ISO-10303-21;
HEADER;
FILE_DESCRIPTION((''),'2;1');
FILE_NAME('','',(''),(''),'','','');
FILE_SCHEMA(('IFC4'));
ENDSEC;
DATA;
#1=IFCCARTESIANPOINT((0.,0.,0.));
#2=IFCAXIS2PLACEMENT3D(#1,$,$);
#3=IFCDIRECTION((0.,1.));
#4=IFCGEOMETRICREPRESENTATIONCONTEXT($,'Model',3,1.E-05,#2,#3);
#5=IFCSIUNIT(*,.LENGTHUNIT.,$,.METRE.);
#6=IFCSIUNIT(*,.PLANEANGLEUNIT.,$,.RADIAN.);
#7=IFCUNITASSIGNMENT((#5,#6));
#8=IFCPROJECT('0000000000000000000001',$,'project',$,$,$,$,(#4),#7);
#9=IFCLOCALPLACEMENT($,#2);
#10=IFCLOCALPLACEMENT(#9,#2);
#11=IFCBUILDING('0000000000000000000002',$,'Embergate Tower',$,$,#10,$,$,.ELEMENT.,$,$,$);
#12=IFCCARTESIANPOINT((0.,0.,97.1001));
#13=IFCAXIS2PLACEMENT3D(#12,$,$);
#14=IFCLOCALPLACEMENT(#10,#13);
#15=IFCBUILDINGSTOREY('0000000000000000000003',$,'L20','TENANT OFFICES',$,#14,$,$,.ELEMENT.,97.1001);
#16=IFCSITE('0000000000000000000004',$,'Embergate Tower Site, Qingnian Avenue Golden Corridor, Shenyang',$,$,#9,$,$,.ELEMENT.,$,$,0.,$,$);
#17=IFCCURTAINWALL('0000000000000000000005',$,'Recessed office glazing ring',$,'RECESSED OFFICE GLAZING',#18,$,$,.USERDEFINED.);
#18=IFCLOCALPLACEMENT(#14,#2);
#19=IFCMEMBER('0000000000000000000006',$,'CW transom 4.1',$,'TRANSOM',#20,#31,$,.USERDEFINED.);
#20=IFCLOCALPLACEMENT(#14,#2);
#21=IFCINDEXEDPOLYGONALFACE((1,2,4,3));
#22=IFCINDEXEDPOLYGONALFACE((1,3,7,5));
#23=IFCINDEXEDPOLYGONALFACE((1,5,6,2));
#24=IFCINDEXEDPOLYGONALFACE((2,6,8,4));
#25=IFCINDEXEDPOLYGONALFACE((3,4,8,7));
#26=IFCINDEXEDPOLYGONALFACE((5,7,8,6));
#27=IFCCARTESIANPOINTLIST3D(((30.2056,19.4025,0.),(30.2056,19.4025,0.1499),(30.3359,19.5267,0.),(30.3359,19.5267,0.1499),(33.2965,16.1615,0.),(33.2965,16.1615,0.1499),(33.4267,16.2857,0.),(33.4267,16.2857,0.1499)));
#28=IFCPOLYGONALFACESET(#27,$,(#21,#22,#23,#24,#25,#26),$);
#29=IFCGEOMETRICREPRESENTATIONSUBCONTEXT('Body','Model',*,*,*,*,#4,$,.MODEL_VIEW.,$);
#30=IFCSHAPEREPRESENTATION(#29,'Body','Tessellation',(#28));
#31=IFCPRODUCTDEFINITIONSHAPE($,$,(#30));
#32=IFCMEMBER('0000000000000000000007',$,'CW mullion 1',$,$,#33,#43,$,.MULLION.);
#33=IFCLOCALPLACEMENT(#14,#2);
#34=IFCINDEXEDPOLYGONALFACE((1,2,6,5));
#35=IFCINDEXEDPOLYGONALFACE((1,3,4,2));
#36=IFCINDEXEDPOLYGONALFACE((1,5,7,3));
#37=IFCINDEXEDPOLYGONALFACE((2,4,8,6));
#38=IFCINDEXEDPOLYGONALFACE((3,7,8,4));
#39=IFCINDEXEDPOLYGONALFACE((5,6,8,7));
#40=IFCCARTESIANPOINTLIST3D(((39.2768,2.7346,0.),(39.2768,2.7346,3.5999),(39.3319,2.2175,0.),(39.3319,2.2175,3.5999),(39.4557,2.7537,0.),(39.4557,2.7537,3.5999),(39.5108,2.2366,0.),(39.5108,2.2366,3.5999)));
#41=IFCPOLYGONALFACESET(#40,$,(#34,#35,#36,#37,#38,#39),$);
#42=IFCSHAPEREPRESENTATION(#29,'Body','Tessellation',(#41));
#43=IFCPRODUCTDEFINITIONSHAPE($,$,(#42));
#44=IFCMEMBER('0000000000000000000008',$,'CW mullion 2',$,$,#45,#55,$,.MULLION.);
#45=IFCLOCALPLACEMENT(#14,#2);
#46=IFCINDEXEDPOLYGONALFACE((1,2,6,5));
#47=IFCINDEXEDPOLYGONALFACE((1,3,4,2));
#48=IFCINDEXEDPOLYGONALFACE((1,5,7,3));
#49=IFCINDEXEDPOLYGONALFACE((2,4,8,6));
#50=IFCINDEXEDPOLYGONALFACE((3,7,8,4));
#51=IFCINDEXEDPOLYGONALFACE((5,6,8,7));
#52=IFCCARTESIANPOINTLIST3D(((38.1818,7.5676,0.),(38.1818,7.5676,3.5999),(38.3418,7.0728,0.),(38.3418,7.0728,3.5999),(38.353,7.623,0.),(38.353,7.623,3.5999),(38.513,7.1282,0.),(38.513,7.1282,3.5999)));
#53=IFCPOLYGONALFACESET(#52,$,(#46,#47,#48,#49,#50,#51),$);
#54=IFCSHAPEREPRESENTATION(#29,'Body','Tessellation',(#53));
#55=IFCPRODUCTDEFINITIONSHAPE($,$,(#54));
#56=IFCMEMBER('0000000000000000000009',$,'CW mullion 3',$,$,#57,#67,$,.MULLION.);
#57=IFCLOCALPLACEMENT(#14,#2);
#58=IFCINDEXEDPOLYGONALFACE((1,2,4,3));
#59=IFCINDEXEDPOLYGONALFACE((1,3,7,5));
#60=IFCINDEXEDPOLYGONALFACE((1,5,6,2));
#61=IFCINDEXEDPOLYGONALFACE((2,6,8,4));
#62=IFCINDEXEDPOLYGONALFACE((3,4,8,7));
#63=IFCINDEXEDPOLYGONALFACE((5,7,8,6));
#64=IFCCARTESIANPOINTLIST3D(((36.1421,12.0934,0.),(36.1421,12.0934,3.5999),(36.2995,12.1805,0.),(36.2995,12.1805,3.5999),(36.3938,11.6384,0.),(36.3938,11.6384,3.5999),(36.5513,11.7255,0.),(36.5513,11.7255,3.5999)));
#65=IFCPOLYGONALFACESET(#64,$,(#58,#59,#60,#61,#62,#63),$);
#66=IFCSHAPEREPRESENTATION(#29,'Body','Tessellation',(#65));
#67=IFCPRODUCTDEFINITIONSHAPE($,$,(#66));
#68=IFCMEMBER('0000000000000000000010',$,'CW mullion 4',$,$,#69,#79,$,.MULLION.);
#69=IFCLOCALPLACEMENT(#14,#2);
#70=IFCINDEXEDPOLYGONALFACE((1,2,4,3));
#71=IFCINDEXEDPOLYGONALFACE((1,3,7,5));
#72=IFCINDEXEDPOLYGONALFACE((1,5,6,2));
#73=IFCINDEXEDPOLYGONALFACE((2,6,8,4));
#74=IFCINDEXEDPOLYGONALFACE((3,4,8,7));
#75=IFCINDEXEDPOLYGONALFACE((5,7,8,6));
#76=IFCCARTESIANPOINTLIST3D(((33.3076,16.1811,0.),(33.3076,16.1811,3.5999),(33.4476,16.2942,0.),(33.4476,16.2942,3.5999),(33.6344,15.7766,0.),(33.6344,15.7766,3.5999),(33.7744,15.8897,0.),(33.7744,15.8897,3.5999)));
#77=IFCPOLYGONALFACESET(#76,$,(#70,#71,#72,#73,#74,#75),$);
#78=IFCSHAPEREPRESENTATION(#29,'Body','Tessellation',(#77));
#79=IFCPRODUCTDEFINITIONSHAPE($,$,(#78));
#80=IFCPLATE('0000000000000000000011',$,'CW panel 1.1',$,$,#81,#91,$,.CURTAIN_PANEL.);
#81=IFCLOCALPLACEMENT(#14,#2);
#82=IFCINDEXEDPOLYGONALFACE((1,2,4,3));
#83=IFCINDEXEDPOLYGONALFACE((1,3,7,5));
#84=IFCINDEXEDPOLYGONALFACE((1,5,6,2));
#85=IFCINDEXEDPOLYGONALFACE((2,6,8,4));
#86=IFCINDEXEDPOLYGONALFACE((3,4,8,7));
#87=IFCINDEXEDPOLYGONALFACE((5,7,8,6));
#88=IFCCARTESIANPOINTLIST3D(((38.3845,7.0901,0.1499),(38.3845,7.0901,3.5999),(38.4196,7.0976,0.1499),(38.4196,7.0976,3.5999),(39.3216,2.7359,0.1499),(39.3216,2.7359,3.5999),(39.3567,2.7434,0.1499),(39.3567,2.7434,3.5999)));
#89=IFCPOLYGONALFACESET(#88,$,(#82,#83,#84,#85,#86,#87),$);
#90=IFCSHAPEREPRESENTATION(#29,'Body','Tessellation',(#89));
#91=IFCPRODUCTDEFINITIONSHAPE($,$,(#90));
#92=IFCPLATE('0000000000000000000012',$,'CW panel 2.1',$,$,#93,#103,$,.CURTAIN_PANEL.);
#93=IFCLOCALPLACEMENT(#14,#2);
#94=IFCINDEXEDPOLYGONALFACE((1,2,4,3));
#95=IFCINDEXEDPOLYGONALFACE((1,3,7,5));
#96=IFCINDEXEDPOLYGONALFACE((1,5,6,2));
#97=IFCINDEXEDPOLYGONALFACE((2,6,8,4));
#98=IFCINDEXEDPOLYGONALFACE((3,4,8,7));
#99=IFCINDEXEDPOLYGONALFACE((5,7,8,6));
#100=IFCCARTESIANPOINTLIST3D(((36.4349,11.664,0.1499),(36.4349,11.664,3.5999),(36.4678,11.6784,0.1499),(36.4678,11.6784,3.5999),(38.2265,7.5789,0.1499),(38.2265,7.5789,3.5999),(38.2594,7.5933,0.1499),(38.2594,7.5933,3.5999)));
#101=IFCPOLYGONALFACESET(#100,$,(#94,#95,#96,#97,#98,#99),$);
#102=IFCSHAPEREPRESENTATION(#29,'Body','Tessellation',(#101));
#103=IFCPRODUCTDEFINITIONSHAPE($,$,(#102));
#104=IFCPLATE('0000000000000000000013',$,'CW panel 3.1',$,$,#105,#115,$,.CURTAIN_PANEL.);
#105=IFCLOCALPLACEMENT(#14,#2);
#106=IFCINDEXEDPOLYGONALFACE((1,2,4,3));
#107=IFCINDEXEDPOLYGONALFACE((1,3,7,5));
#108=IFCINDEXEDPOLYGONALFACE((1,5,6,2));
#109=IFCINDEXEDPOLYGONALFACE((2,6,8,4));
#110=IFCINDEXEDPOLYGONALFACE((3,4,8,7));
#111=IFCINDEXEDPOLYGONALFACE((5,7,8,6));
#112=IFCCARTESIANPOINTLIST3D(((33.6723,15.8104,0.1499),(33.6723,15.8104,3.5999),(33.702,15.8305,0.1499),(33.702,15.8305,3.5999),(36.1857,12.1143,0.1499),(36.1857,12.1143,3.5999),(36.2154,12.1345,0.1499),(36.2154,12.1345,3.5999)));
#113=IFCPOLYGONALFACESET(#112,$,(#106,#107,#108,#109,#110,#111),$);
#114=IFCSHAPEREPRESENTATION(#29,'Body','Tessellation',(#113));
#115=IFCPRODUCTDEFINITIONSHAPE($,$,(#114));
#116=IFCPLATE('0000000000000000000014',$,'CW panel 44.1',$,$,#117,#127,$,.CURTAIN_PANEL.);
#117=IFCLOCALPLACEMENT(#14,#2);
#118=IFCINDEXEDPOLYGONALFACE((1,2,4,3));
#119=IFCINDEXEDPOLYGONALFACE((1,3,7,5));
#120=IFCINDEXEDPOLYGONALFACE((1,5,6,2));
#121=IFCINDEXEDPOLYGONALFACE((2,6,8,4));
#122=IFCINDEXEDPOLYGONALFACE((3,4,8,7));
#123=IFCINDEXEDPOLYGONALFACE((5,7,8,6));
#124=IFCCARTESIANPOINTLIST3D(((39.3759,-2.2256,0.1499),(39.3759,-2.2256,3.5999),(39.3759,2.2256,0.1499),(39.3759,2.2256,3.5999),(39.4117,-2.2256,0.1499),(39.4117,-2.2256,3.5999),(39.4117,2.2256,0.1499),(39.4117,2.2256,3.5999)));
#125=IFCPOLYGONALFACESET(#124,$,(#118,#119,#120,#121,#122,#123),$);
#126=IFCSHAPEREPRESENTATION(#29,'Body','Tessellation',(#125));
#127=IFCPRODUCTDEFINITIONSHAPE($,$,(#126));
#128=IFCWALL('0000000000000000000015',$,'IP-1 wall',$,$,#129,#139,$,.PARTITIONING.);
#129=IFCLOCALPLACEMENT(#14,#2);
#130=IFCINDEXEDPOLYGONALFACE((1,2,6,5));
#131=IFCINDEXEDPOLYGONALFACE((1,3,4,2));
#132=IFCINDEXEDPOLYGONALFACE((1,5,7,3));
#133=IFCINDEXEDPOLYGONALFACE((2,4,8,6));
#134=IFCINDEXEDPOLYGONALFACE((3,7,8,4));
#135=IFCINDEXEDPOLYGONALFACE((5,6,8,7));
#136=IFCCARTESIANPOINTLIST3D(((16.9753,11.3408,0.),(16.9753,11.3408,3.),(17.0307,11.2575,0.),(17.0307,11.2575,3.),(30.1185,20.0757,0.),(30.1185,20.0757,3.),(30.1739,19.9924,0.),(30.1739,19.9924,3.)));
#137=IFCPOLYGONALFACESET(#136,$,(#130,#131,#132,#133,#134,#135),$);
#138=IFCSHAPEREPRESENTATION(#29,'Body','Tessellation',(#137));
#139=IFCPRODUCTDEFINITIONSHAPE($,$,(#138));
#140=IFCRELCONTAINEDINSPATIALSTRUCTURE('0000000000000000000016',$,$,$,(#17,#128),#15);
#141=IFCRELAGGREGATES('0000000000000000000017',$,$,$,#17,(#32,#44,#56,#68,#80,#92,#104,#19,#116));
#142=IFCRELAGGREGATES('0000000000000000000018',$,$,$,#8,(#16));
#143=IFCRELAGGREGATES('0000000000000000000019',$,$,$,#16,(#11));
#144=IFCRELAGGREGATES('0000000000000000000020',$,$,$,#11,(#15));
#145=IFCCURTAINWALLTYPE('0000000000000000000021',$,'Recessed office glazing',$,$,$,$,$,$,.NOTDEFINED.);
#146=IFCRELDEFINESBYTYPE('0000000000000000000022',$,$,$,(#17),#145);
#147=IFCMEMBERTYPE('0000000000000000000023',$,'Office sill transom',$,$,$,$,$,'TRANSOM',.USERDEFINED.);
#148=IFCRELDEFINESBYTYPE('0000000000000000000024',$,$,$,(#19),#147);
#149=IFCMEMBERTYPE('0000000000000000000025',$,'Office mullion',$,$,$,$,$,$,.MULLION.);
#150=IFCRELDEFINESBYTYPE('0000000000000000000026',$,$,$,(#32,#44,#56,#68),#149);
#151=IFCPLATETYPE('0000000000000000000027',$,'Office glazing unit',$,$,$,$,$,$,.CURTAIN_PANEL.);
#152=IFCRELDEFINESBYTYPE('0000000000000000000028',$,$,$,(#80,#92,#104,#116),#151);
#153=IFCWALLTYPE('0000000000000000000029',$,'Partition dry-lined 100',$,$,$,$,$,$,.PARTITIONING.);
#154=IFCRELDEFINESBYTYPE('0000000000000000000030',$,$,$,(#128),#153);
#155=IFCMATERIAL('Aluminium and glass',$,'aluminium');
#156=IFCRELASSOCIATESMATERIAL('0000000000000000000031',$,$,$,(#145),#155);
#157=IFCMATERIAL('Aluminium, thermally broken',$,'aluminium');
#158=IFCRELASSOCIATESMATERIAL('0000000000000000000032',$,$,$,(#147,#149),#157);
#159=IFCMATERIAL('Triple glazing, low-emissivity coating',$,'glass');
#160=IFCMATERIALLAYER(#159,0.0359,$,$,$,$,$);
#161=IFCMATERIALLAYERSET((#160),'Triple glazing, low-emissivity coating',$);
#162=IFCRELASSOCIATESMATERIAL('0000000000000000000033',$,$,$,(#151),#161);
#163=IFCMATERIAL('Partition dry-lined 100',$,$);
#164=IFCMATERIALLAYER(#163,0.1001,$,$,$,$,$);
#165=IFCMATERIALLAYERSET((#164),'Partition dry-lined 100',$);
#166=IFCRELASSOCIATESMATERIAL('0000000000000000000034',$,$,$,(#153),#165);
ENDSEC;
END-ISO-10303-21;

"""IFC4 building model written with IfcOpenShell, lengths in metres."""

from ifc_helpers import new_model, si_unit, direction, frame, frame_2d, origin, origin_2d, place, context, subcontext, project, spatial, rectangle, extrude, source, transform, mapped, material, layer, layer_set, material_profile, profile_set, type_object, element, aggregate, save


model = new_model("IFC4")

# Units and contexts
model_context = context("Model", 3, precision=1e-05, world=origin(), true_north=direction((0.0, 1.0)))
body_context = subcontext(model_context, "Body", "Model", "MODEL_VIEW")
ifc_project = project(units=[si_unit("LENGTHUNIT", "METRE"), si_unit("PLANEANGLEUNIT", "RADIAN")], contexts=[model_context])

# Site, building, storey
site_placement = place(None, origin())
site = spatial("IfcSite", under=ifc_project, at=site_placement, Name="Embergate Tower Site, Qingnian Avenue Golden Corridor, Shenyang", CompositionType="ELEMENT", RefElevation=0.0)
building_placement = place(site_placement, origin())
building = spatial("IfcBuilding", under=site, at=building_placement, Name="Embergate Tower", CompositionType="ELEMENT")
storey_placement = place(building_placement, frame((0.0, 0.0, 97.1001)))
storey = spatial("IfcBuildingStorey", under=building, at=storey_placement, Name="L20", Description="TENANT OFFICES", CompositionType="ELEMENT", Elevation=97.1001)

# Curtain wall, members, plates
ifc_material_1 = material(Name="Aluminium and glass", Category="aluminium")
curtain_wall_type = type_object("IfcCurtainWallType", Name="Recessed office glazing", PredefinedType="NOTDEFINED", material=ifc_material_1)
curtain_wall_placement = place(storey_placement, origin())
curtain_wall = element("IfcCurtainWall", 1, at=curtain_wall_placement, inside=storey, type_object=curtain_wall_type, Name="Recessed office glazing ring", ObjectType="RECESSED OFFICE GLAZING", PredefinedType="USERDEFINED")
ifc_material_2 = material(Name="Aluminium, thermally broken", Category="aluminium")
ifc_material_profile_1 = material_profile(ifc_material_2, rectangle(XDim=0.1799, YDim=0.1499, at=origin_2d()), Name="AL 150x180")
ifc_profile_set_1 = profile_set([ifc_material_profile_1], Name="Aluminium, thermally broken")
member_type_1 = type_object("IfcMemberType", Name="Office sill transom", ElementType="TRANSOM", PredefinedType="USERDEFINED", material=ifc_profile_set_1)
shared_shape_1 = source(origin(), body_context, "Body", "SweptSolid", [
    extrude(rectangle(XDim=0.1799, YDim=0.1499, at=origin_2d()), origin(), (0.0, 0.0, 1.0), 4.4785),
])
member_1_placement = place(storey_placement, frame((33.3616, 16.2236, 0.075), z_axis=(-0.690145, 0.723671, 0.0), x_axis=(-0.723671, -0.690145, 0.0)))
member_1 = element("IfcMember", 2, at=member_1_placement, type_object=member_type_1, Name="CW transom 4.1", ObjectType="TRANSOM", PredefinedType="USERDEFINED", context=body_context, shape_type="MappedRepresentation", body=[
    mapped(shared_shape_1, transform((0.0, 0.0, 0.0))),
])
ifc_material_profile_2 = material_profile(ifc_material_2, rectangle(XDim=0.1799, YDim=0.52, at=origin_2d()), Name="AL 520x180")
ifc_profile_set_2 = profile_set([ifc_material_profile_2], Name="Aluminium, thermally broken")
member_type_2 = type_object("IfcMemberType", Name="Office mullion", PredefinedType="MULLION", material=ifc_profile_set_2)
shared_shape_2 = source(origin(), body_context, "Body", "SweptSolid", [
    extrude(rectangle(XDim=0.1799, YDim=0.52, at=origin_2d()), origin(), (0.0, 0.0, 1.0), 3.5999),
])
member_2_placement = place(storey_placement, frame((39.3938, 2.4856, 0.0), z_axis=(0.0, 0.0, 1.0), x_axis=(-0.994386, -0.105818, 0.0)))
member_2 = element("IfcMember", 3, at=member_2_placement, type_object=member_type_2, Name="CW mullion 1", PredefinedType="MULLION", context=body_context, shape_type="MappedRepresentation", body=[
    mapped(shared_shape_2, transform((0.0, 0.0, 0.0))),
])
member_3_placement = place(storey_placement, frame((38.3474, 7.3479, 0.0), z_axis=(0.0, 0.0, 1.0), x_axis=(-0.951502, -0.307642, 0.0)))
member_3 = element("IfcMember", 4, at=member_3_placement, type_object=member_type_2, Name="CW mullion 2", PredefinedType="MULLION", context=body_context, shape_type="MappedRepresentation", body=[
    mapped(shared_shape_2, transform((0.0, 0.0, 0.0))),
])
member_4_placement = place(storey_placement, frame((36.3467, 11.9094, 0.0), z_axis=(0.0, 0.0, 1.0), x_axis=(-0.87501, -0.484104, 0.0)))
member_4 = element("IfcMember", 5, at=member_4_placement, type_object=member_type_2, Name="CW mullion 3", PredefinedType="MULLION", context=body_context, shape_type="MappedRepresentation", body=[
    mapped(shared_shape_2, transform((0.0, 0.0, 0.0))),
])
member_5_placement = place(storey_placement, frame((33.541, 16.0354, 0.0), z_axis=(0.0, 0.0, 1.0), x_axis=(-0.777884, -0.628408, 0.0)))
member_5 = element("IfcMember", 6, at=member_5_placement, type_object=member_type_2, Name="CW mullion 4", PredefinedType="MULLION", context=body_context, shape_type="MappedRepresentation", body=[
    mapped(shared_shape_2, transform((0.0, 0.0, 0.0))),
])
ifc_material_3 = material(Name="Triple glazing, low-emissivity coating", Category="glass")
ifc_layer_1 = layer(ifc_material_3, 0.0359)
ifc_layer_set_1 = layer_set([ifc_layer_1], Name="Triple glazing, low-emissivity coating")
plate_type = type_object("IfcPlateType", Name="Office glazing unit", PredefinedType="CURTAIN_PANEL", material=ifc_layer_set_1)
shared_shape_3 = source(origin(), body_context, "Body", "SweptSolid", [
    extrude(rectangle(XDim=4.4539, YDim=0.0359, at=origin_2d()), origin(), (0.0, 0.0, 1.0), 3.45),
])
plate_1_placement = place(storey_placement, frame((38.8706, 4.9167, 0.1499), z_axis=(0.0, 0.0, 1.0), x_axis=(-0.210392, 0.977617, 0.0)))
plate_1 = element("IfcPlate", 7, at=plate_1_placement, type_object=plate_type, Name="CW panel 1.1", PredefinedType="CURTAIN_PANEL", context=body_context, shape_type="MappedRepresentation", body=[
    mapped(shared_shape_3, transform((0.0, 0.0, 0.0))),
])
shared_shape_4 = source(origin(), body_context, "Body", "SweptSolid", [
    extrude(rectangle(XDim=4.4607, YDim=0.0359, at=origin_2d()), origin(), (0.0, 0.0, 1.0), 3.45),
])
plate_2_placement = place(storey_placement, frame((37.3472, 9.6287, 0.1499), z_axis=(0.0, 0.0, 1.0), x_axis=(-0.401644, 0.915796, 0.0)))
plate_2 = element("IfcPlate", 8, at=plate_2_placement, type_object=plate_type, Name="CW panel 2.1", PredefinedType="CURTAIN_PANEL", context=body_context, shape_type="MappedRepresentation", body=[
    mapped(shared_shape_4, transform((0.0, 0.0, 0.0))),
])
shared_shape_5 = source(origin(), body_context, "Body", "SweptSolid", [
    extrude(rectangle(XDim=4.4697, YDim=0.0359, at=origin_2d()), origin(), (0.0, 0.0, 1.0), 3.45),
])
plate_3_placement = place(storey_placement, frame((34.9438, 13.9724, 0.1499), z_axis=(0.0, 0.0, 1.0), x_axis=(-0.562332, 0.826912, 0.0)))
plate_3 = element("IfcPlate", 9, at=plate_3_placement, type_object=plate_type, Name="CW panel 3.1", PredefinedType="CURTAIN_PANEL", context=body_context, shape_type="MappedRepresentation", body=[
    mapped(shared_shape_5, transform((0.0, 0.0, 0.0))),
])
shared_shape_6 = source(origin(), body_context, "Body", "SweptSolid", [
    extrude(rectangle(XDim=4.4512, YDim=0.0359, at=origin_2d()), origin(), (0.0, 0.0, 1.0), 3.45),
])
plate_4_placement = place(storey_placement, frame((39.3938, 0.0, 0.1499), z_axis=(0.0, 0.0, 1.0), x_axis=(0.0, 1.0, 0.0)))
plate_4 = element("IfcPlate", 10, at=plate_4_placement, type_object=plate_type, Name="CW panel 44.1", PredefinedType="CURTAIN_PANEL", context=body_context, shape_type="MappedRepresentation", body=[
    mapped(shared_shape_6, transform((0.0, 0.0, 0.0))),
])
aggregate(curtain_wall, [member_2, member_3, member_4, member_5, plate_1, plate_2, plate_3, member_1, plate_4])

# Wall
ifc_material_4 = material(Name="Partition dry-lined 100")
ifc_layer_2 = layer(ifc_material_4, 0.1001)
ifc_layer_set_2 = layer_set([ifc_layer_2], Name="Partition dry-lined 100")
wall_type = type_object("IfcWallType", Name="Partition dry-lined 100", PredefinedType="PARTITIONING", material=ifc_layer_set_2)
shared_shape_7 = source(origin(), body_context, "Body", "SweptSolid", [
    extrude(rectangle(XDim=15.781, YDim=0.1001, at=frame_2d((7.8906, 0.0))), origin(), (0.0, 0.0, 1.0), 3.0),
])
wall_placement = place(storey_placement, frame((17.0029, 11.2991, 0.0), z_axis=(0.0, 0.0, 1.0), x_axis=(0.832844, 0.553507, 0.0)))
element("IfcWall", 11, at=wall_placement, inside=storey, type_object=wall_type, Name="IP-1 wall", PredefinedType="PARTITIONING", context=body_context, shape_type="MappedRepresentation", body=[
    mapped(shared_shape_7, transform((0.0, 0.0, 0.0))),
])

save(model, "model.ifc")
